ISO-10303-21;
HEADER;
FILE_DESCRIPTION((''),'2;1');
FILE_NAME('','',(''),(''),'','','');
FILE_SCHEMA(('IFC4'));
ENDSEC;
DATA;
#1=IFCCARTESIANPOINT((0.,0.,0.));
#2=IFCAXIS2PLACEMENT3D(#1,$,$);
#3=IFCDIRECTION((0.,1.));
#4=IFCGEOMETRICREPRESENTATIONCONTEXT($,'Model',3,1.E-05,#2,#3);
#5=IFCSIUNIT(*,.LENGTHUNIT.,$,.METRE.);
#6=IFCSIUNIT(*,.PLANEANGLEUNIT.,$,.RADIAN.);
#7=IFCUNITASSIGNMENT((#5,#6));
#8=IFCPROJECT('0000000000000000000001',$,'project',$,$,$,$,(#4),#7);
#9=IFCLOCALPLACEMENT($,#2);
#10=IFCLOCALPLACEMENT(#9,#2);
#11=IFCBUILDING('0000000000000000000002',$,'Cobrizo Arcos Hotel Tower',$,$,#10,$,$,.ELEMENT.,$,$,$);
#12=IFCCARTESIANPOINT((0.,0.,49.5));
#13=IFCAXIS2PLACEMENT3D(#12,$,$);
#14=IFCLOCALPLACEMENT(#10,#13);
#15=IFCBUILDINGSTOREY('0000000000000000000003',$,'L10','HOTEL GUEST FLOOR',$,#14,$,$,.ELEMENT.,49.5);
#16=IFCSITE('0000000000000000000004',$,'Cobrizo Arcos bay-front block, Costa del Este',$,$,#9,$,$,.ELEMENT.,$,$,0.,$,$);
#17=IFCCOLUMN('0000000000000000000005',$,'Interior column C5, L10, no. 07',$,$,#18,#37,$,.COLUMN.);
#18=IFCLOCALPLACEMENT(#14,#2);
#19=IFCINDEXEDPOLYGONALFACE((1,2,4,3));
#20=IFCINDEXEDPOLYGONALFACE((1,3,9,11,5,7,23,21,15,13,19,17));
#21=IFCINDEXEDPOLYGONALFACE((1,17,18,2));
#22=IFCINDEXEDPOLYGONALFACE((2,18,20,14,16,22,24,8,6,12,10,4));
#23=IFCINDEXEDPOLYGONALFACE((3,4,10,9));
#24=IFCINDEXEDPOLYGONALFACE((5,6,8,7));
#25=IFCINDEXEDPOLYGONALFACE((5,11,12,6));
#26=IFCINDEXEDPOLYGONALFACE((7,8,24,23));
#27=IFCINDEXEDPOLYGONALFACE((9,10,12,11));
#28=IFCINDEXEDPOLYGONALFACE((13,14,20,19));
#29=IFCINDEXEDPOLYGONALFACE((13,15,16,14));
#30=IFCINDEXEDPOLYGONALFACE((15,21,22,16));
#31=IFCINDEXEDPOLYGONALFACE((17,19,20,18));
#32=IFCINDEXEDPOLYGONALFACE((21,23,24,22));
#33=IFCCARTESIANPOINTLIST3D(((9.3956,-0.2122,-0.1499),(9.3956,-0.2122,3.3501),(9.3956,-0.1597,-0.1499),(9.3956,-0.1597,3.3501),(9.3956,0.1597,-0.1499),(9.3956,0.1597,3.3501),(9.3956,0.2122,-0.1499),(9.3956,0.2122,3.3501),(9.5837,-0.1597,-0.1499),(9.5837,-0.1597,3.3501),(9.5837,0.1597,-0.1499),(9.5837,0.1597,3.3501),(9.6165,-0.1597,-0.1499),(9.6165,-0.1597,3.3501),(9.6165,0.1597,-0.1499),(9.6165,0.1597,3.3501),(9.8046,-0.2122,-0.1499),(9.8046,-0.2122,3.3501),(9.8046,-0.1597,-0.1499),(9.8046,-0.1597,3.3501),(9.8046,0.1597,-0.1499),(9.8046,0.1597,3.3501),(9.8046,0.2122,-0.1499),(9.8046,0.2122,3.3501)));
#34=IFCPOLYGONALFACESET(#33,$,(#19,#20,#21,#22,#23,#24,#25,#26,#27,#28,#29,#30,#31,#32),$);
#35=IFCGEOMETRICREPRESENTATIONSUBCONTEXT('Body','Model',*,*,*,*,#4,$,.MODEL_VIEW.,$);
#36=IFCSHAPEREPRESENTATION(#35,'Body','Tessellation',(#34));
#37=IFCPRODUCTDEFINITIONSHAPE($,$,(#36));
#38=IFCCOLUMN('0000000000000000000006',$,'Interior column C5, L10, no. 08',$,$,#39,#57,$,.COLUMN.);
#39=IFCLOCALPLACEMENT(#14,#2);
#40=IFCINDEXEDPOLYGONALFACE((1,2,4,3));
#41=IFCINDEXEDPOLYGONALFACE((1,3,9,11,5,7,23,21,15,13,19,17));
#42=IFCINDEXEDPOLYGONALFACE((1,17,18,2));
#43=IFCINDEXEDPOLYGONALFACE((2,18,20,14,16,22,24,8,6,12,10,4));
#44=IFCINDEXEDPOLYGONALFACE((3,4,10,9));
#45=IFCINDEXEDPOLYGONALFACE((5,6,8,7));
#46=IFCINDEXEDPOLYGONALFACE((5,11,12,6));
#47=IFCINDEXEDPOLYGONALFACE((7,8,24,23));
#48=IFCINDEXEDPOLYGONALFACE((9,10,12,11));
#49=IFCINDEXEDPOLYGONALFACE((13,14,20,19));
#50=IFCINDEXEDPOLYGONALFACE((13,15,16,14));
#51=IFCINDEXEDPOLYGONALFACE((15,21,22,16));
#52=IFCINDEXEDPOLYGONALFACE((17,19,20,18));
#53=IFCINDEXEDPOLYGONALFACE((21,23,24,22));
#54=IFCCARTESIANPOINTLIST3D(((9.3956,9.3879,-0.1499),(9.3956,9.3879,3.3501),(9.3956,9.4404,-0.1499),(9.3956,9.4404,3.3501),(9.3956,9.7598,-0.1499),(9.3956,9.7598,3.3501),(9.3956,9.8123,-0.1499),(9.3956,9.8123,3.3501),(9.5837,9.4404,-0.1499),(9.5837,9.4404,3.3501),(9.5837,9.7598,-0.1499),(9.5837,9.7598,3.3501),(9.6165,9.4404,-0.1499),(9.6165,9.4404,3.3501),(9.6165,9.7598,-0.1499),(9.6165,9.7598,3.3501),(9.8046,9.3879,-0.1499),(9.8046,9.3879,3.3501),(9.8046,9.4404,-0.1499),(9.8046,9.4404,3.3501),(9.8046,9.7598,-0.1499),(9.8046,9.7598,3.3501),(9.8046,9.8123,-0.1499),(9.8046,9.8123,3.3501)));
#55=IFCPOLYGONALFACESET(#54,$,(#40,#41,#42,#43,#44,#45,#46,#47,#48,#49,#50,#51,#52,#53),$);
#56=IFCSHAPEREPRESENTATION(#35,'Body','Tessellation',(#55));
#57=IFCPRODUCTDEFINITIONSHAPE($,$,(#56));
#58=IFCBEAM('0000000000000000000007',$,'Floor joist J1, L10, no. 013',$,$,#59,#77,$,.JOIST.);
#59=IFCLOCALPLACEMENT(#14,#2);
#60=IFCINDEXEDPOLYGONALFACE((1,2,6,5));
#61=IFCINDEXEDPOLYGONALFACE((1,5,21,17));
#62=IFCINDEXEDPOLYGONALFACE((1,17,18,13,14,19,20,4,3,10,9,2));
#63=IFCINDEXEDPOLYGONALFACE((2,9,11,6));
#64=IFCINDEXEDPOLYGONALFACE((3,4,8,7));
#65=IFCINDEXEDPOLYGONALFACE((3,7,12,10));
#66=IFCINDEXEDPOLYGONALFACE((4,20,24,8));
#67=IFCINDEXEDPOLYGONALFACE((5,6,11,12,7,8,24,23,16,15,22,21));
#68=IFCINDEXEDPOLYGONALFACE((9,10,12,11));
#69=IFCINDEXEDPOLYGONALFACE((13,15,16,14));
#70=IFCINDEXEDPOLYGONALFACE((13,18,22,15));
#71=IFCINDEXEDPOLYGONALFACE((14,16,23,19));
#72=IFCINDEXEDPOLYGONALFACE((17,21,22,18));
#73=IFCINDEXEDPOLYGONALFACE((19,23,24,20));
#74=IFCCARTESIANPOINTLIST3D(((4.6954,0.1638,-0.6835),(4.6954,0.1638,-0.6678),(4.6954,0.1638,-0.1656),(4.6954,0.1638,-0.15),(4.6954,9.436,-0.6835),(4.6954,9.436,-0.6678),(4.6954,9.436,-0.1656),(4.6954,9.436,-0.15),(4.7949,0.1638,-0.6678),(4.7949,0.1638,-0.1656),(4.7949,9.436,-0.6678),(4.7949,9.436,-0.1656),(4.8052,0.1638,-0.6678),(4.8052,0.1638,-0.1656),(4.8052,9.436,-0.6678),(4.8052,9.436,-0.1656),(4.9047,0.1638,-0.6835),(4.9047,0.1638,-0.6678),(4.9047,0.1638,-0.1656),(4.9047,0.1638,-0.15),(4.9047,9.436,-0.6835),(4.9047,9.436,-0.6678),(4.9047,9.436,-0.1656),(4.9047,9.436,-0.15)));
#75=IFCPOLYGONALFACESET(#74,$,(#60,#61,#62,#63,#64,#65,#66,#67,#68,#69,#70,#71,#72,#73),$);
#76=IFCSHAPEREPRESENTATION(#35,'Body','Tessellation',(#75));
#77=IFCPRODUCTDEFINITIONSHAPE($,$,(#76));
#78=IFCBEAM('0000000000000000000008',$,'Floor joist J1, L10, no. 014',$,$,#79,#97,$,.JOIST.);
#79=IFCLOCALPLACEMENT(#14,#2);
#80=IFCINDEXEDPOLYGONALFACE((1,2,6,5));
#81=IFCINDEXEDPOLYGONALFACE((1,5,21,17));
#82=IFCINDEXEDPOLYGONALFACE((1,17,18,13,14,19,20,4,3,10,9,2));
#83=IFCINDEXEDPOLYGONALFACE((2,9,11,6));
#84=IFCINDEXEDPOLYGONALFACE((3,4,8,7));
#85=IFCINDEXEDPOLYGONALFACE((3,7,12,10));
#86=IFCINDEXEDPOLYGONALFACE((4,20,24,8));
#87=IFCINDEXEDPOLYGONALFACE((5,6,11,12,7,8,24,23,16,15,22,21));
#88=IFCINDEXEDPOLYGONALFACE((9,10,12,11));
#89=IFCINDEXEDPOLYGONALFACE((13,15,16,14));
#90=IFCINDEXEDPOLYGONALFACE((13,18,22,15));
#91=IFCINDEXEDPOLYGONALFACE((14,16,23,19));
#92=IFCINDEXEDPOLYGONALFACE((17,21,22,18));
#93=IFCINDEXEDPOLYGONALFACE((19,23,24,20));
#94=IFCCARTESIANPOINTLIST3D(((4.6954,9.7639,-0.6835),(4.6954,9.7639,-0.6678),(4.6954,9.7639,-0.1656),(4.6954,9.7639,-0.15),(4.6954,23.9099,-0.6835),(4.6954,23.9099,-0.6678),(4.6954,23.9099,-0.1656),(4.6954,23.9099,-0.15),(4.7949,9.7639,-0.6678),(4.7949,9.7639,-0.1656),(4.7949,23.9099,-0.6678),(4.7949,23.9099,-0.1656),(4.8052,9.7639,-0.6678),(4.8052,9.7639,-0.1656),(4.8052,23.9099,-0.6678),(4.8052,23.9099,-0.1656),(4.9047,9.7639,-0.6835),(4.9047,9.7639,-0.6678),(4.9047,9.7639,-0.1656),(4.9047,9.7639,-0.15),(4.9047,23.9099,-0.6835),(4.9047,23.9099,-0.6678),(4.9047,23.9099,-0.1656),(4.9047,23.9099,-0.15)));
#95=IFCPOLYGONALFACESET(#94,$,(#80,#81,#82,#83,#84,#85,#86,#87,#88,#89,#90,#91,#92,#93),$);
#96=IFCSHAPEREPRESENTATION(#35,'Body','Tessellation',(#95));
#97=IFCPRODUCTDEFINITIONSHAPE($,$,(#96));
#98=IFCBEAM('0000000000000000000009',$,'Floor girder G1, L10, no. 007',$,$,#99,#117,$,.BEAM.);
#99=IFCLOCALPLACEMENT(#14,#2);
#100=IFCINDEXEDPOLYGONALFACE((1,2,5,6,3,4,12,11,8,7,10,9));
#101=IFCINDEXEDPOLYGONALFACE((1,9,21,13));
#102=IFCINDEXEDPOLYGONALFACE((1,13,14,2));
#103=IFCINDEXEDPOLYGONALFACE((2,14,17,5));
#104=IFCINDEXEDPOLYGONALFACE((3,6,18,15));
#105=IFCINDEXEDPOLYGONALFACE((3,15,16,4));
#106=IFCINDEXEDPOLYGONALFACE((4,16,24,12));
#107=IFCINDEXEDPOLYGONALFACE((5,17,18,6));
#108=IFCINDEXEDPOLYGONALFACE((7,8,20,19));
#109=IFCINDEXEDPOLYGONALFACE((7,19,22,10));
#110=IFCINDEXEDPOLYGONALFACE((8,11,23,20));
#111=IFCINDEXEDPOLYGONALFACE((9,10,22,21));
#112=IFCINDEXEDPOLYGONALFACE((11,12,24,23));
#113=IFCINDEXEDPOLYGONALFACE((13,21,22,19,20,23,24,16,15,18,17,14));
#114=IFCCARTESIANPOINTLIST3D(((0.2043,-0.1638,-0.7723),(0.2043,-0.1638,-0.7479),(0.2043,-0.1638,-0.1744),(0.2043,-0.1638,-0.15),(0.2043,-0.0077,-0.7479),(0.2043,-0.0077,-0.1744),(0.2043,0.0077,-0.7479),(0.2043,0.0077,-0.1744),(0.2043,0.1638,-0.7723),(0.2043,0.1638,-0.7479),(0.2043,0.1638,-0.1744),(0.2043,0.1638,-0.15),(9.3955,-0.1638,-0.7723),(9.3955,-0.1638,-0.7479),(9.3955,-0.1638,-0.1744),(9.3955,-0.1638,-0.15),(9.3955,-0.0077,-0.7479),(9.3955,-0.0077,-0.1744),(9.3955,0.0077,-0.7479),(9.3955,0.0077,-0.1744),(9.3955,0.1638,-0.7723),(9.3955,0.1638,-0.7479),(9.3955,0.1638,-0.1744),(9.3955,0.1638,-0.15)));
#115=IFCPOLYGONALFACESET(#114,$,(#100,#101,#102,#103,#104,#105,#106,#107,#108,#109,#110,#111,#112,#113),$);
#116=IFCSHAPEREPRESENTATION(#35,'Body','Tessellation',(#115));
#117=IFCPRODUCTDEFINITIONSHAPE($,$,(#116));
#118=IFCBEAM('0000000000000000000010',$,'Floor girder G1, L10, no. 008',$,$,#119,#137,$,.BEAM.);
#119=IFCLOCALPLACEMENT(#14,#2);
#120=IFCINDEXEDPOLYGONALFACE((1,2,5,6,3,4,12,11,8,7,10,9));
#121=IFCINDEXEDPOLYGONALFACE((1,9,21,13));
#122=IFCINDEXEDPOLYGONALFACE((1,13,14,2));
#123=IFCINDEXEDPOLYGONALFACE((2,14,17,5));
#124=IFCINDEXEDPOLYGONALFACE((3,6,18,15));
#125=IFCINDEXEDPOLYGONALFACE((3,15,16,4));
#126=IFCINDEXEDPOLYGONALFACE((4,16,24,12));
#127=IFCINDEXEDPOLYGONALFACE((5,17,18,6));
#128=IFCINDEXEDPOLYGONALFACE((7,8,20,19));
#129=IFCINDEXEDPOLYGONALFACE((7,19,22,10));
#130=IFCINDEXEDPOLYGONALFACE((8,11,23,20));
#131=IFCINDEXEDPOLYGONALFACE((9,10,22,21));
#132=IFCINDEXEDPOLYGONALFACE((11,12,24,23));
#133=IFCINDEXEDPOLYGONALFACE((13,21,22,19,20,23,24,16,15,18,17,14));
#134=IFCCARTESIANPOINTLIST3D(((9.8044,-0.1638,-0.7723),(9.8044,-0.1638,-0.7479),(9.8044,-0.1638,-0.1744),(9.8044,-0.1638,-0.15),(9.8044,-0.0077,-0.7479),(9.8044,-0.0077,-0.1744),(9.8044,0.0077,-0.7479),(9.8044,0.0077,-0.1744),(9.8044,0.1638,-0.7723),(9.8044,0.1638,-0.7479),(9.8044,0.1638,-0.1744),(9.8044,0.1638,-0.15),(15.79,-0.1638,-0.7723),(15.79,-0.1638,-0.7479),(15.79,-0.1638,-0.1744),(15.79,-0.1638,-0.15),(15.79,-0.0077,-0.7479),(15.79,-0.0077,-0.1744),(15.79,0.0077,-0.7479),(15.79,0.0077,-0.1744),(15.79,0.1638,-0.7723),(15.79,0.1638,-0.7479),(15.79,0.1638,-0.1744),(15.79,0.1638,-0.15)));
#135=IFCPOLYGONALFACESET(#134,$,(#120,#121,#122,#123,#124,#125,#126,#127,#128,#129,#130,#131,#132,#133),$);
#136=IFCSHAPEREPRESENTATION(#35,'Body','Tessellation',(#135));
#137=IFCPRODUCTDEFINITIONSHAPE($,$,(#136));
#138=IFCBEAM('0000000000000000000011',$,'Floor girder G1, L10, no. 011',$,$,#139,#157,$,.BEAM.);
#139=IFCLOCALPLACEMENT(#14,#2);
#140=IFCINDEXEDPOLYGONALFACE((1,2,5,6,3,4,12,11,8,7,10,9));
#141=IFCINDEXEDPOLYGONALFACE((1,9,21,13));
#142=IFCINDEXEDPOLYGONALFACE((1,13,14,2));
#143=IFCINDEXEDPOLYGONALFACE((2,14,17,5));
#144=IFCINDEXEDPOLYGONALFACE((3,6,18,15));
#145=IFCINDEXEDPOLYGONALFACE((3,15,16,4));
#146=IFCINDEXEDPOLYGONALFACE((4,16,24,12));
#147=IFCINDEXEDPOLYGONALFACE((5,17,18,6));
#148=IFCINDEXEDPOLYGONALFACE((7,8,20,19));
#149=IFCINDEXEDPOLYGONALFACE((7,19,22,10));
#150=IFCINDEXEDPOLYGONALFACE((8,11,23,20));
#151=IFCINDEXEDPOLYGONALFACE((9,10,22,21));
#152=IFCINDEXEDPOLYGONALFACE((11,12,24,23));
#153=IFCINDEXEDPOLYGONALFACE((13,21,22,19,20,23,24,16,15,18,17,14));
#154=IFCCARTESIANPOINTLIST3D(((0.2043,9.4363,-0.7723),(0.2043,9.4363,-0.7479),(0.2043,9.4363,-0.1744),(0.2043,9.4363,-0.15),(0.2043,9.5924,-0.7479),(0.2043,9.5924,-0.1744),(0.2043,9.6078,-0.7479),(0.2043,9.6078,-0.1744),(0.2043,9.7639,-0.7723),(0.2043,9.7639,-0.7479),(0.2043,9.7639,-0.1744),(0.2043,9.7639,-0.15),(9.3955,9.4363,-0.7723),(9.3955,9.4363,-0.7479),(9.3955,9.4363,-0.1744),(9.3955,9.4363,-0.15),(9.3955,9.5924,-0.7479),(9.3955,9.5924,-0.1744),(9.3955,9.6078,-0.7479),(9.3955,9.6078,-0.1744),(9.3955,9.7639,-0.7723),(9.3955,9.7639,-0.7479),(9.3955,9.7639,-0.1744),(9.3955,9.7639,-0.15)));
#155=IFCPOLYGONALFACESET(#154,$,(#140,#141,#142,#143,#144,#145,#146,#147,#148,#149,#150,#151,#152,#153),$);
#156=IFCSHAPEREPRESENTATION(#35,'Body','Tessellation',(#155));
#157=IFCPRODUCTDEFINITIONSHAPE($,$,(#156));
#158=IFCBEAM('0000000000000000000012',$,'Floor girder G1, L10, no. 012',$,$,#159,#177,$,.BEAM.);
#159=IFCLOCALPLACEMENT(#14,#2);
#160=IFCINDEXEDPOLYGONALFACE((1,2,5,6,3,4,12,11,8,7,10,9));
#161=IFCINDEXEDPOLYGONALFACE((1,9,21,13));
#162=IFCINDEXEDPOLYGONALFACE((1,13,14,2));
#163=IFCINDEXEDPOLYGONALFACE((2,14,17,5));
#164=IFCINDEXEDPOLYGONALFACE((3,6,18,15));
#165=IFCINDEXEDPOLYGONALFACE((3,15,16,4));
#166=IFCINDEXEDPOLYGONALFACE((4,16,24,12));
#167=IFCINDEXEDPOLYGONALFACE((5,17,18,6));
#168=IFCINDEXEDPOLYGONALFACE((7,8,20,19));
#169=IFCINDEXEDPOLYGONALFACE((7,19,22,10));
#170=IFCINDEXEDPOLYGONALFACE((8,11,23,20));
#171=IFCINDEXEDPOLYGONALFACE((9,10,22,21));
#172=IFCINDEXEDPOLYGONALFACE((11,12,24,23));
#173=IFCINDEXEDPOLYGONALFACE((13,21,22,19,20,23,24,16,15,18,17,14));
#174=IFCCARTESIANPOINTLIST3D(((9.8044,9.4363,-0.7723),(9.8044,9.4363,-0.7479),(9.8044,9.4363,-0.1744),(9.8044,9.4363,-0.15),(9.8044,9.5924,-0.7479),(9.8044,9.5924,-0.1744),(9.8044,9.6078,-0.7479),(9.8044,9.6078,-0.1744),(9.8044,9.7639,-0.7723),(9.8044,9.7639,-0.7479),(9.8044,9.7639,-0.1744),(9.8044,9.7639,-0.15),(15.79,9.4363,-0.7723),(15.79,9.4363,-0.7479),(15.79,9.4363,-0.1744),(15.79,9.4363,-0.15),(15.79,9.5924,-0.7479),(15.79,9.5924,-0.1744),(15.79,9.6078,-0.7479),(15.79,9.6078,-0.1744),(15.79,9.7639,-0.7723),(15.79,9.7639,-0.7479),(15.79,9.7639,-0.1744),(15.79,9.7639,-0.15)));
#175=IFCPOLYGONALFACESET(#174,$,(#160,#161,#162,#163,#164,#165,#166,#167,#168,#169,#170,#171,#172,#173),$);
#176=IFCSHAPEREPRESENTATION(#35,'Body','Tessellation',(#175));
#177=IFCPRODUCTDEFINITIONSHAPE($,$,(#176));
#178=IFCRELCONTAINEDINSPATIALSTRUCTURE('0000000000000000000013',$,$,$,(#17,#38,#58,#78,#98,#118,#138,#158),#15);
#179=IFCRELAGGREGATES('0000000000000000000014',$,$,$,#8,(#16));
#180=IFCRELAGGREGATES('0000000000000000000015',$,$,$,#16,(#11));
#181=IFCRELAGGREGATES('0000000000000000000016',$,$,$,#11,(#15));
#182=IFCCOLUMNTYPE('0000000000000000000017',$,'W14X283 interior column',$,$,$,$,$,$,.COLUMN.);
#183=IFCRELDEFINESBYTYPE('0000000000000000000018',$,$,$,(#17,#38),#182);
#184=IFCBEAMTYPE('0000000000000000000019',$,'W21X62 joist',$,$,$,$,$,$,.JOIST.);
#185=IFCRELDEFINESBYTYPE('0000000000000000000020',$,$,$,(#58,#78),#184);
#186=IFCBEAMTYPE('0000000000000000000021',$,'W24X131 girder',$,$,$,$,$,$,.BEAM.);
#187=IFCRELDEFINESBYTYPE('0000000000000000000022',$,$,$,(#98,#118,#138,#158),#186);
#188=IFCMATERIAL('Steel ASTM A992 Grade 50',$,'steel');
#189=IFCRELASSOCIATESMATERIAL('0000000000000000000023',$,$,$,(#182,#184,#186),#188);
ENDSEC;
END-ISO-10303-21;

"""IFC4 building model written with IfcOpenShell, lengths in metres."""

from ifc_helpers import new_model, si_unit, direction, frame, origin, origin_2d, place, context, subcontext, project, spatial, i_section, extrude, material, material_profile, profile_set, type_object, element, save


model = new_model("IFC4")

# Units and contexts
model_context = context("Model", 3, precision=1e-05, world=origin(), true_north=direction((0.0, 1.0)))
body_context = subcontext(model_context, "Body", "Model", "MODEL_VIEW")
ifc_project = project(units=[si_unit("LENGTHUNIT", "METRE"), si_unit("PLANEANGLEUNIT", "RADIAN")], contexts=[model_context])

# Site, building, storey
site_placement = place(None, origin())
site = spatial("IfcSite", under=ifc_project, at=site_placement, Name="Cobrizo Arcos bay-front block, Costa del Este", CompositionType="ELEMENT", RefElevation=0.0)
building_placement = place(site_placement, origin())
building = spatial("IfcBuilding", under=site, at=building_placement, Name="Cobrizo Arcos Hotel Tower", CompositionType="ELEMENT")
storey_placement = place(building_placement, frame((0.0, 0.0, 49.5)))
storey = spatial("IfcBuildingStorey", under=building, at=storey_placement, Name="L10", Description="HOTEL GUEST FLOOR", CompositionType="ELEMENT", Elevation=49.5)

# Columns
ifc_material_1 = material(Name="Steel ASTM A992 Grade 50", Category="steel")
ifc_material_profile_1 = material_profile(ifc_material_1, i_section(OverallWidth=0.4089, OverallDepth=0.4243, WebThickness=0.0327, FlangeThickness=0.0525, at=origin_2d()), Name="W14X283")
ifc_profile_set_1 = profile_set([ifc_material_profile_1], Name="Steel ASTM A992 Grade 50")
column_type = type_object("IfcColumnType", Name="W14X283 interior column", PredefinedType="COLUMN", material=ifc_profile_set_1)
for number, where, z_axis, x_axis, name in (
    (1, (9.6001, 0.0, -0.1499), (0.0, 0.0, 1.0), (1.0, 0.0, 0.0), "Interior column C5, L10, no. 07"),
    (2, (9.6001, 9.6001, -0.1499), (0.0, 0.0, 1.0), (1.0, 0.0, 0.0), "Interior column C5, L10, no. 08"),
):
    element("IfcColumn", number, at=place(storey_placement, frame(where, z_axis=z_axis, x_axis=x_axis)), inside=storey, type_object=column_type, Name=name, PredefinedType="COLUMN", context=body_context, shape_type="SweptSolid", body=[
        extrude(i_section(OverallWidth=0.4089, OverallDepth=0.4243, WebThickness=0.0327, FlangeThickness=0.0525, at=origin_2d()), origin(), (0.0, 0.0, 1.0), 3.5),
    ])

# Beams
ifc_material_profile_2 = material_profile(ifc_material_1, i_section(OverallWidth=0.2092, OverallDepth=0.5334, WebThickness=0.0103, FlangeThickness=0.0156, at=origin_2d()), Name="W21X62")
ifc_profile_set_2 = profile_set([ifc_material_profile_2], Name="Steel ASTM A992 Grade 50")
beam_type_1 = type_object("IfcBeamType", Name="W21X62 joist", PredefinedType="JOIST", material=ifc_profile_set_2)
beam_1_placement = place(storey_placement, frame((4.8, 0.1638, -0.4167), z_axis=(0.0, 1.0, 0.0), x_axis=(-1.0, 0.0, 0.0)))
element("IfcBeam", 3, at=beam_1_placement, inside=storey, type_object=beam_type_1, Name="Floor joist J1, L10, no. 013", PredefinedType="JOIST", context=body_context, shape_type="SweptSolid", body=[
    extrude(i_section(OverallWidth=0.2092, OverallDepth=0.5334, WebThickness=0.0103, FlangeThickness=0.0156, at=origin_2d()), origin(), (0.0, 0.0, 1.0), 9.2722),
])
beam_2_placement = place(storey_placement, frame((4.8, 9.7639, -0.4167), z_axis=(0.0, 1.0, 0.0), x_axis=(-1.0, 0.0, 0.0)))
element("IfcBeam", 4, at=beam_2_placement, inside=storey, type_object=beam_type_1, Name="Floor joist J1, L10, no. 014", PredefinedType="JOIST", context=body_context, shape_type="SweptSolid", body=[
    extrude(i_section(OverallWidth=0.2092, OverallDepth=0.5334, WebThickness=0.0103, FlangeThickness=0.0156, at=origin_2d()), origin(), (0.0, 0.0, 1.0), 14.146),
])
ifc_material_profile_3 = material_profile(ifc_material_1, i_section(OverallWidth=0.3276, OverallDepth=0.6223, WebThickness=0.0154, FlangeThickness=0.0244, at=origin_2d()), Name="W24X131")
ifc_profile_set_3 = profile_set([ifc_material_profile_3], Name="Steel ASTM A992 Grade 50")
beam_type_2 = type_object("IfcBeamType", Name="W24X131 girder", PredefinedType="BEAM", material=ifc_profile_set_3)
beam_3_placement = place(storey_placement, frame((0.2043, 0.0, -0.4612), z_axis=(1.0, 0.0, 0.0), x_axis=(0.0, 1.0, 0.0)))
element("IfcBeam", 5, at=beam_3_placement, inside=storey, type_object=beam_type_2, Name="Floor girder G1, L10, no. 007", PredefinedType="BEAM", context=body_context, shape_type="SweptSolid", body=[
    extrude(i_section(OverallWidth=0.3276, OverallDepth=0.6223, WebThickness=0.0154, FlangeThickness=0.0244, at=origin_2d()), origin(), (0.0, 0.0, 1.0), 9.1912),
])
beam_4_placement = place(storey_placement, frame((9.8044, 0.0, -0.4612), z_axis=(1.0, 0.0, 0.0), x_axis=(0.0, 1.0, 0.0)))
element("IfcBeam", 6, at=beam_4_placement, inside=storey, type_object=beam_type_2, Name="Floor girder G1, L10, no. 008", PredefinedType="BEAM", context=body_context, shape_type="SweptSolid", body=[
    extrude(i_section(OverallWidth=0.3276, OverallDepth=0.6223, WebThickness=0.0154, FlangeThickness=0.0244, at=origin_2d()), origin(), (0.0, 0.0, 1.0), 5.9856),
])
beam_5_placement = place(storey_placement, frame((0.2043, 9.6001, -0.4612), z_axis=(1.0, 0.0, 0.0), x_axis=(0.0, 1.0, 0.0)))
element("IfcBeam", 7, at=beam_5_placement, inside=storey, type_object=beam_type_2, Name="Floor girder G1, L10, no. 011", PredefinedType="BEAM", context=body_context, shape_type="SweptSolid", body=[
    extrude(i_section(OverallWidth=0.3276, OverallDepth=0.6223, WebThickness=0.0154, FlangeThickness=0.0244, at=origin_2d()), origin(), (0.0, 0.0, 1.0), 9.1912),
])
beam_6_placement = place(storey_placement, frame((9.8044, 9.6001, -0.4612), z_axis=(1.0, 0.0, 0.0), x_axis=(0.0, 1.0, 0.0)))
element("IfcBeam", 8, at=beam_6_placement, inside=storey, type_object=beam_type_2, Name="Floor girder G1, L10, no. 012", PredefinedType="BEAM", context=body_context, shape_type="SweptSolid", body=[
    extrude(i_section(OverallWidth=0.3276, OverallDepth=0.6223, WebThickness=0.0154, FlangeThickness=0.0244, at=origin_2d()), origin(), (0.0, 0.0, 1.0), 5.9856),
])

save(model, "model.ifc")
